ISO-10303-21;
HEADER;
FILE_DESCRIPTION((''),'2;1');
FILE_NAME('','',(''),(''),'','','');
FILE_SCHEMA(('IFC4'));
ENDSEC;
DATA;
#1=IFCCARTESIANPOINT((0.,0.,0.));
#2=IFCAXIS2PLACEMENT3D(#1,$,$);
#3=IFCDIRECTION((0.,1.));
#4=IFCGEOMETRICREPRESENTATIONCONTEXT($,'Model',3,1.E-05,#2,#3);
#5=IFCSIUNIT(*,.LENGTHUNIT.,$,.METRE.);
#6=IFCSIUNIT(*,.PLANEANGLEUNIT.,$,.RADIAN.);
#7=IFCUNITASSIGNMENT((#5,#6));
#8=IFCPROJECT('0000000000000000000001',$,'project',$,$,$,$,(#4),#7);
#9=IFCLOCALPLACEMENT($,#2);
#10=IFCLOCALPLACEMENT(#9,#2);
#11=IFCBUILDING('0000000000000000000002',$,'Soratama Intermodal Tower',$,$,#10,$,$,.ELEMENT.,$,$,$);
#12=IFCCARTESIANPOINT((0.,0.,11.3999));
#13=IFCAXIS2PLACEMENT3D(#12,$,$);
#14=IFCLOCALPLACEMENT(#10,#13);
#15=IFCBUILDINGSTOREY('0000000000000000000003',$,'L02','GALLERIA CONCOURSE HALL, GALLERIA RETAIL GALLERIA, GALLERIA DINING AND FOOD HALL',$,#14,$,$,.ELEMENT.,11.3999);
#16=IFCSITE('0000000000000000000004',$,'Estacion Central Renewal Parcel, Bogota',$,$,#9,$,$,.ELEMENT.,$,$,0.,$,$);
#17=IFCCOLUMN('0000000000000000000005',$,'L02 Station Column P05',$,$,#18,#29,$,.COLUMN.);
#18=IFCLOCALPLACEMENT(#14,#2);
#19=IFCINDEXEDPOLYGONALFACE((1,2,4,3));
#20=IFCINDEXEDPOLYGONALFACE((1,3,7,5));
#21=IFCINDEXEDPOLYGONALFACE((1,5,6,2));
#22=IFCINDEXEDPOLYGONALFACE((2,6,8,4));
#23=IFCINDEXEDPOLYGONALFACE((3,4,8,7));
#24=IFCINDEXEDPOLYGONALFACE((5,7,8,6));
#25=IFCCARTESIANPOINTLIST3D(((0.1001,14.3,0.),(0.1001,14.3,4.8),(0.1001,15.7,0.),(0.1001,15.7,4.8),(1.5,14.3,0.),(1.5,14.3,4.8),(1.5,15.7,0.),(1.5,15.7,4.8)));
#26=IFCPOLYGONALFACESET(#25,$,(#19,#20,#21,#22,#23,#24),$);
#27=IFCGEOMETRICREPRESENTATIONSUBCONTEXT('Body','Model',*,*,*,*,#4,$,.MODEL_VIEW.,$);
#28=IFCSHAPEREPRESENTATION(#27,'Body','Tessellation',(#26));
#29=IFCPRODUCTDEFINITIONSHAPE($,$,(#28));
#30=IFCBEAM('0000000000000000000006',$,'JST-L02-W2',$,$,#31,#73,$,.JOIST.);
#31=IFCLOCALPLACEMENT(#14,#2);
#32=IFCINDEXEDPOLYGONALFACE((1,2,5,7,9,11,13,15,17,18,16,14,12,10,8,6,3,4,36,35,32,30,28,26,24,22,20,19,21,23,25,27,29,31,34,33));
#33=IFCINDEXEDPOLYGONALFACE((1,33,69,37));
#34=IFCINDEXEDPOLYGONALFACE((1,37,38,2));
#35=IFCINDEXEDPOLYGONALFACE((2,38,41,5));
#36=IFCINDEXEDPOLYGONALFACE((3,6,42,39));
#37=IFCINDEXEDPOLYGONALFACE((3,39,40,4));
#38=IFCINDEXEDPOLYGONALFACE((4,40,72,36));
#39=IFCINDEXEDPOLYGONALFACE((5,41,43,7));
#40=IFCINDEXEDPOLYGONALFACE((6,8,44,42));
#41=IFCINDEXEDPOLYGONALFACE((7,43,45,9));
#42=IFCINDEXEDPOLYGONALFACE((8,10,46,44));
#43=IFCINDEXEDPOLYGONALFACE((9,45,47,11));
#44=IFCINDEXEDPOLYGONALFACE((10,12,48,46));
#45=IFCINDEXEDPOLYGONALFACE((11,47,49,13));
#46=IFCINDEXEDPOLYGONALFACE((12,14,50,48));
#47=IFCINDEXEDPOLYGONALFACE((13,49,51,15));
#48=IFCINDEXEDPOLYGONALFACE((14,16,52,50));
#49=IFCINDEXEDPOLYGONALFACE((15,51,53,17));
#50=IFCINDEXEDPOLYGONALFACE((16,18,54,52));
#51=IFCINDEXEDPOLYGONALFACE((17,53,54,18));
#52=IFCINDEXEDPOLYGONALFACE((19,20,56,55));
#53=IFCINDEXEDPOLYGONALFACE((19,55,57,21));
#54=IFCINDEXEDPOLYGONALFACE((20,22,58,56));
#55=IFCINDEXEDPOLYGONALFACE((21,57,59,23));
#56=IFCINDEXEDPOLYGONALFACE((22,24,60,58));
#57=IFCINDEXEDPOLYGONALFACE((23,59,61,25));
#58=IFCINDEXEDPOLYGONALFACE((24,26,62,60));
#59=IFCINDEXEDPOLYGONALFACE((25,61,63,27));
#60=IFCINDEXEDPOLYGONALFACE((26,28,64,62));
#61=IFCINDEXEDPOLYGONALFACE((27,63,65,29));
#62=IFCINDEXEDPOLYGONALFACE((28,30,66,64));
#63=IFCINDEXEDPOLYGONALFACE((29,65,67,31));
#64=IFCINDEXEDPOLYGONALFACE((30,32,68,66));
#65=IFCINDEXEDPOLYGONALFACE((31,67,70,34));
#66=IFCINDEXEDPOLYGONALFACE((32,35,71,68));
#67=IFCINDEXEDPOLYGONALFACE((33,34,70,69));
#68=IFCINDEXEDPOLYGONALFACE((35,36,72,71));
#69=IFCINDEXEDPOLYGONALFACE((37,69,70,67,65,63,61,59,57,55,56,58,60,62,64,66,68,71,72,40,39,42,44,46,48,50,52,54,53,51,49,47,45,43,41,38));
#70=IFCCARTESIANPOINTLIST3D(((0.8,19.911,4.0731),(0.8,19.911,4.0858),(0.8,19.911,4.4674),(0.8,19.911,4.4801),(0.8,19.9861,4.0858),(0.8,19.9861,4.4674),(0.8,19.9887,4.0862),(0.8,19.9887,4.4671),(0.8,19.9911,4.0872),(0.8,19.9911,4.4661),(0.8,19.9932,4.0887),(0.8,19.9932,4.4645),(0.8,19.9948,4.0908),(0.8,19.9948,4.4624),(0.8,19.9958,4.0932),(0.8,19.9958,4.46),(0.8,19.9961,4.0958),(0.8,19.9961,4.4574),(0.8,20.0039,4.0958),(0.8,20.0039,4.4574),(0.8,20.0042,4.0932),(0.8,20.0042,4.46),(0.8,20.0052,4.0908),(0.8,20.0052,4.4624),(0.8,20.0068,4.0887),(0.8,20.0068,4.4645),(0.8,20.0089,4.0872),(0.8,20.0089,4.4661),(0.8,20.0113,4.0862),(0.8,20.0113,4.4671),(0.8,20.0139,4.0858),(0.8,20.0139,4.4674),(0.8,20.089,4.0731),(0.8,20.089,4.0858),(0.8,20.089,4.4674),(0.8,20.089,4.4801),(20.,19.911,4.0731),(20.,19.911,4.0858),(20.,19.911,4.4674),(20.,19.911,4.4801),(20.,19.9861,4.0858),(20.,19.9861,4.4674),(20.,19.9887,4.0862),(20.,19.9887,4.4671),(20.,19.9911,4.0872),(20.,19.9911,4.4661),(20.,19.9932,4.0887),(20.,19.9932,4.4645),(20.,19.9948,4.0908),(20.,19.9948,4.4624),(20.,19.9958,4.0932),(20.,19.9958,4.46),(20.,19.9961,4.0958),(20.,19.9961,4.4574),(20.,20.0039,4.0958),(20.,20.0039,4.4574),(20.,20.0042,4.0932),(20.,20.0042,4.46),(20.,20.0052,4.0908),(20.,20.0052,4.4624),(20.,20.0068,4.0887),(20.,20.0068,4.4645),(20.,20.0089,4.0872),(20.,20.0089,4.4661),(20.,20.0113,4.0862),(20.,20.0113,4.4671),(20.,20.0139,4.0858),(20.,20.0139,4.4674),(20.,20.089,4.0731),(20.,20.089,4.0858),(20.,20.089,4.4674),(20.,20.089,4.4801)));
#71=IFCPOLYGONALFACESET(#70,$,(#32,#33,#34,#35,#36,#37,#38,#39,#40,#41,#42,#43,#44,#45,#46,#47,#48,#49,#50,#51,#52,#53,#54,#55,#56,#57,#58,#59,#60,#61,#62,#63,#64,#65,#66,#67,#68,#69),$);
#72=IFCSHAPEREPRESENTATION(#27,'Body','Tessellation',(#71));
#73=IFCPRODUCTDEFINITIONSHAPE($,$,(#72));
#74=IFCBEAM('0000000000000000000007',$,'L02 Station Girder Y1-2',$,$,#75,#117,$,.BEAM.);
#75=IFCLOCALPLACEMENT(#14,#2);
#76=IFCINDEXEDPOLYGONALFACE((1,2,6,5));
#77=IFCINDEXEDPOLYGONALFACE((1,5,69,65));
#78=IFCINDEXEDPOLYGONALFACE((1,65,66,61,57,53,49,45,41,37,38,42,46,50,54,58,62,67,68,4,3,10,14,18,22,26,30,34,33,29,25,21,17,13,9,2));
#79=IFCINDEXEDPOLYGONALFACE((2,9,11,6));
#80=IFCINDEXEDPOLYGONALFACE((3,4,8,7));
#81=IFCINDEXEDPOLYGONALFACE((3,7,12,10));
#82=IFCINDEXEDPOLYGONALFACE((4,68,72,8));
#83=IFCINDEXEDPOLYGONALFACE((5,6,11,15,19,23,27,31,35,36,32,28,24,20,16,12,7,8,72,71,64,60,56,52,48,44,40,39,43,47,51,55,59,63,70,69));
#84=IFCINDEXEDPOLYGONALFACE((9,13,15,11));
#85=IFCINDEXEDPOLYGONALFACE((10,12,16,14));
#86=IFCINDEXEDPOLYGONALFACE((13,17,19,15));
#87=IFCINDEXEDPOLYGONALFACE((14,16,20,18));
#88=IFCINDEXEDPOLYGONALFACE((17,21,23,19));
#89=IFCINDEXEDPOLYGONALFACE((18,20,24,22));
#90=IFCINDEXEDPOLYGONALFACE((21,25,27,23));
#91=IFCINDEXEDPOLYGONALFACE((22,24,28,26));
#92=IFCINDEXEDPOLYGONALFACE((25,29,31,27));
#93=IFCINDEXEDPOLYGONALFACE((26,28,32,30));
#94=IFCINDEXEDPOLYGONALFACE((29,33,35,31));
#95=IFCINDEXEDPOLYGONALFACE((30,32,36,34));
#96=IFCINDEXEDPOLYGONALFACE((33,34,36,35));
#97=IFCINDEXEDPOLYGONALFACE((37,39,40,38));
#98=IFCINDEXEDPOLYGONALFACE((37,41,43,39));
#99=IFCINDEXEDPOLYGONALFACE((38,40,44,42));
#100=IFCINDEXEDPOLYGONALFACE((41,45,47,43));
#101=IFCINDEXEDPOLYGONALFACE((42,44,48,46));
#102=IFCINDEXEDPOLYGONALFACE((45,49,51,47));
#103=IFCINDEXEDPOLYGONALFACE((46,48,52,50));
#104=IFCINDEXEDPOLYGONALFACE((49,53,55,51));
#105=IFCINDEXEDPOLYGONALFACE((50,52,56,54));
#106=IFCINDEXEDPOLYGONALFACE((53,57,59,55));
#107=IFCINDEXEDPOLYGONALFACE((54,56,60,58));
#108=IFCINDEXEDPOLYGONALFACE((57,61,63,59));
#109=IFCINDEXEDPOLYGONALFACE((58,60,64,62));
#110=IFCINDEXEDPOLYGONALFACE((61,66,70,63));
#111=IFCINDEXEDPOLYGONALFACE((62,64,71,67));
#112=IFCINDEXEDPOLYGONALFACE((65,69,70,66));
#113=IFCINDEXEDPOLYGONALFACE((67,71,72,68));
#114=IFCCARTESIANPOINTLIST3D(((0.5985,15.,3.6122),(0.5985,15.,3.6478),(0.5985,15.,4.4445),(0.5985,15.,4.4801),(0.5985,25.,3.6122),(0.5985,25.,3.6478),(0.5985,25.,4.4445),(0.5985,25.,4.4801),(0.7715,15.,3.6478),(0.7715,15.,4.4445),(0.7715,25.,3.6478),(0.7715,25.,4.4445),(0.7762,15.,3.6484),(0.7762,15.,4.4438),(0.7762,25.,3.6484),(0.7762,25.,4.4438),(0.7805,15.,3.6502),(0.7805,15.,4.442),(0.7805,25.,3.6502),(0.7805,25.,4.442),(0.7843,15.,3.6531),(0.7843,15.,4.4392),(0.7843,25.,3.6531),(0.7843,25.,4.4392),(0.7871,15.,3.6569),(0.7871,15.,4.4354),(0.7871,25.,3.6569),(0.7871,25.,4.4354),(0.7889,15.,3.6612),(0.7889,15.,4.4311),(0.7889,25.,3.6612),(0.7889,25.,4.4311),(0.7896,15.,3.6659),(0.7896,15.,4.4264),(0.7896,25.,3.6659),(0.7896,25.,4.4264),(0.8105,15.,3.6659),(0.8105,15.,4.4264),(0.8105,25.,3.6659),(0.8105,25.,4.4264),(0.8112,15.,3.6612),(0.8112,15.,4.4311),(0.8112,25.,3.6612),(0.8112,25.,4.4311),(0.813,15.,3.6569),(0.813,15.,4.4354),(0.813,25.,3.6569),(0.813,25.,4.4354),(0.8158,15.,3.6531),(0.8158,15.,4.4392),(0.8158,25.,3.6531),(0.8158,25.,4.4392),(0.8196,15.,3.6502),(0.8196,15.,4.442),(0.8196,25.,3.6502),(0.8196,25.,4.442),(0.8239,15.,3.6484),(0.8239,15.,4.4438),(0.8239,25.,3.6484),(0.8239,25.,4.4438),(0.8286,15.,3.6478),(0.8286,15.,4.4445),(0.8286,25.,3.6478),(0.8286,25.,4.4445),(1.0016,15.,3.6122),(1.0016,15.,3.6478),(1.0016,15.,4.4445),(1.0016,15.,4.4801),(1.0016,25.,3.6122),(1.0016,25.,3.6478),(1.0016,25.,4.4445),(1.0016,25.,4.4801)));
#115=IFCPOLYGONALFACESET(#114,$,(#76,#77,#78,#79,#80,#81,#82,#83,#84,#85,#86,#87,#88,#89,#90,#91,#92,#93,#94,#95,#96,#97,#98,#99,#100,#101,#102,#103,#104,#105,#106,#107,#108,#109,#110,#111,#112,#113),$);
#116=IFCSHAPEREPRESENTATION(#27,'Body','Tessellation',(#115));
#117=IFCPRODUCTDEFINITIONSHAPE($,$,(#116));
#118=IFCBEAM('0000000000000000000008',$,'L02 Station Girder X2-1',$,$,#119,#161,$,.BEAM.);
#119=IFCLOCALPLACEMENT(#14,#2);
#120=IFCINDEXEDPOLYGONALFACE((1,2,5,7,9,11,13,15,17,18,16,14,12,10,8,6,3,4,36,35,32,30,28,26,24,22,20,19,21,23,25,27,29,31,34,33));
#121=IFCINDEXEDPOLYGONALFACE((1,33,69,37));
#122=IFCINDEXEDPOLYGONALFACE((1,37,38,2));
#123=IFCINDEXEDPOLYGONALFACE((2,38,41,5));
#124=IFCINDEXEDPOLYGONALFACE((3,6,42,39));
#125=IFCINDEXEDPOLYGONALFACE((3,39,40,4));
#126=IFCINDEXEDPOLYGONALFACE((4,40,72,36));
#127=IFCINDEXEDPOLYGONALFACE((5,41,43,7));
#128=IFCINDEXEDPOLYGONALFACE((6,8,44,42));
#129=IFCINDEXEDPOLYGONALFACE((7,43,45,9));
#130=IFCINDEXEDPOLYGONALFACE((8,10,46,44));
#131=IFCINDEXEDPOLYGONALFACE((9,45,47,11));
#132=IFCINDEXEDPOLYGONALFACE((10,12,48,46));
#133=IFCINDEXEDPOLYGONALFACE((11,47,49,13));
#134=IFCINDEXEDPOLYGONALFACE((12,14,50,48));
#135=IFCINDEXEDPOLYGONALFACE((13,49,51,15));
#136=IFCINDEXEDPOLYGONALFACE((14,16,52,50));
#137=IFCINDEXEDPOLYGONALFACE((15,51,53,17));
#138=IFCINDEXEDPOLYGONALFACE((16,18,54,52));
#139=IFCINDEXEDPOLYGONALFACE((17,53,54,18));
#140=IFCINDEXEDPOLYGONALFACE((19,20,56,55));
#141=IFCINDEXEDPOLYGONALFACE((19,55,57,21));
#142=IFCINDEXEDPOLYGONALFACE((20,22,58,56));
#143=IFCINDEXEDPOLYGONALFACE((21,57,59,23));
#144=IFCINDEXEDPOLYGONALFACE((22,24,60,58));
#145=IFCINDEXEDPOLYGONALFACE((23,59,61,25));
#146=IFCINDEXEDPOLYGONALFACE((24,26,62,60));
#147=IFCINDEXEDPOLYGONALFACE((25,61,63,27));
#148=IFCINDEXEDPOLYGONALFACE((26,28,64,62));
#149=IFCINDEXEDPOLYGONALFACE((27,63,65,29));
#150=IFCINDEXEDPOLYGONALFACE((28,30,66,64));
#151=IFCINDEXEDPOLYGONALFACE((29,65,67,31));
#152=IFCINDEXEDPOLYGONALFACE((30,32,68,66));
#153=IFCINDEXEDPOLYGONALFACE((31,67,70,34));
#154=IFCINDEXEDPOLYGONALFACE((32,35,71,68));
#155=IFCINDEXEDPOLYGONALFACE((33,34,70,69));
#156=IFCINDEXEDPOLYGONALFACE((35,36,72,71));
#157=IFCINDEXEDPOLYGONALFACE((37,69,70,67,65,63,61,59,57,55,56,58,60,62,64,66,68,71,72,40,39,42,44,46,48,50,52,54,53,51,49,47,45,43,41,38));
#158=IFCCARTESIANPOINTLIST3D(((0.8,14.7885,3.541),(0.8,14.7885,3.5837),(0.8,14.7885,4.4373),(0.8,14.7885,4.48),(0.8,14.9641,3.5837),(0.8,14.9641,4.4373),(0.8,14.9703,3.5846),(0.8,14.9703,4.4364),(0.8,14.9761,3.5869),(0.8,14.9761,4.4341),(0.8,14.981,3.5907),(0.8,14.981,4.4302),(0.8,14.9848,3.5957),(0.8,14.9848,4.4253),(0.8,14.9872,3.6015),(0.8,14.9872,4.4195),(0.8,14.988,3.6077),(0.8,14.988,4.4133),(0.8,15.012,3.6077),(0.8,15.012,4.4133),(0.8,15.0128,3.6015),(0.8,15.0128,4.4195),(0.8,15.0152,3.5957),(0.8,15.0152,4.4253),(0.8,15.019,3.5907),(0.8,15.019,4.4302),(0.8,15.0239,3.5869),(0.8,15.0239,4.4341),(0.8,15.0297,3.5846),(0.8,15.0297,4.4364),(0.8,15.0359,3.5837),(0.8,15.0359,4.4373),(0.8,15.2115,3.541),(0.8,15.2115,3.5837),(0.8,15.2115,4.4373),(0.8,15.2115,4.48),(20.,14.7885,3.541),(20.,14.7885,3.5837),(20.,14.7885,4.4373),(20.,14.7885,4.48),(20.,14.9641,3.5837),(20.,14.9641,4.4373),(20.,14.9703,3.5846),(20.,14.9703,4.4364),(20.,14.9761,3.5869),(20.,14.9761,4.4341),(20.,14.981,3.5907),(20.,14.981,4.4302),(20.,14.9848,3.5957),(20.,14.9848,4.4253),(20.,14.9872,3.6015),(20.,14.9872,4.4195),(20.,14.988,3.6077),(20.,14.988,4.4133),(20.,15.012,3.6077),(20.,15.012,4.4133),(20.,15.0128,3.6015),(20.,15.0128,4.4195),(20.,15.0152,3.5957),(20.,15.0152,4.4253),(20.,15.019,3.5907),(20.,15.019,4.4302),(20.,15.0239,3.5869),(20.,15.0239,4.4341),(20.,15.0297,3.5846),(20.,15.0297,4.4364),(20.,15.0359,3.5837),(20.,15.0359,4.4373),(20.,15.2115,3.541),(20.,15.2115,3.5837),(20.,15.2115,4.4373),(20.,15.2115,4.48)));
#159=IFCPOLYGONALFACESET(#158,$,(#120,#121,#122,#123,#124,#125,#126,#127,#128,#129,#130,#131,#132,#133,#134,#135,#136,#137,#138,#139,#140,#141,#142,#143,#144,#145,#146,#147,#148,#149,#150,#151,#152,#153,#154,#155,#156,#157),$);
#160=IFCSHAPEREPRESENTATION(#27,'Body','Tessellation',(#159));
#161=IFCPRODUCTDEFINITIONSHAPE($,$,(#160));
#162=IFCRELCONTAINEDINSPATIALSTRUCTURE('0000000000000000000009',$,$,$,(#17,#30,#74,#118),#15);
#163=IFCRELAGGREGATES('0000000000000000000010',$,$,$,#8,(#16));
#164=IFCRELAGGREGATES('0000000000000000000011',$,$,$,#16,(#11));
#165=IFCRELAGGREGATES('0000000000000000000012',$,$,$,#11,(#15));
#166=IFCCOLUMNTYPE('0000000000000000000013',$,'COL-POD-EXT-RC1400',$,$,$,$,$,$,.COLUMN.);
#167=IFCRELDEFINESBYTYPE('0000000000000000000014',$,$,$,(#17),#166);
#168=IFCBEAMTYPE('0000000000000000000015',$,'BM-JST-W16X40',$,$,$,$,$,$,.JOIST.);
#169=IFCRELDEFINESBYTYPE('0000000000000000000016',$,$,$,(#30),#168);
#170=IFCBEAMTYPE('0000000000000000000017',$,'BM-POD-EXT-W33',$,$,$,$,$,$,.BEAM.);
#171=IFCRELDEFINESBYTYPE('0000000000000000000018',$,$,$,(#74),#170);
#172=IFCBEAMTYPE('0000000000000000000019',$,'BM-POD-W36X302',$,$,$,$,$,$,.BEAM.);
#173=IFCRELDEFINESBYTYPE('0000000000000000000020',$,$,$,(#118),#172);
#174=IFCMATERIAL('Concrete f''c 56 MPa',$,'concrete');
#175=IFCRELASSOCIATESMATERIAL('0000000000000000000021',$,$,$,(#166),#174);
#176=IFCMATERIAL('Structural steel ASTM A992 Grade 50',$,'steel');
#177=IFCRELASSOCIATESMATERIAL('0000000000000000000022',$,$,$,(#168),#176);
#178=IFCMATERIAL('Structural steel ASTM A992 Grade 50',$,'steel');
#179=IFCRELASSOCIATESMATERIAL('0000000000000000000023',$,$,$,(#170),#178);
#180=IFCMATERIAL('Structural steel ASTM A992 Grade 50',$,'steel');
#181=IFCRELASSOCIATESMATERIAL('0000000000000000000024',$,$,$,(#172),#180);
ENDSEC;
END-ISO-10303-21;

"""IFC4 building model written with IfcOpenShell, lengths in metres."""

from ifc_helpers import new_model, si_unit, direction, frame, origin, origin_2d, place, context, subcontext, project, spatial, rectangle, i_section, extrude, material, material_profile, profile_set, type_object, element, save


model = new_model("IFC4")

# Units and contexts
model_context = context("Model", 3, precision=1e-05, world=origin(), true_north=direction((0.0, 1.0)))
body_context = subcontext(model_context, "Body", "Model", "MODEL_VIEW")
ifc_project = project(units=[si_unit("LENGTHUNIT", "METRE"), si_unit("PLANEANGLEUNIT", "RADIAN")], contexts=[model_context])

# Site, building, storey
site_placement = place(None, origin())
site = spatial("IfcSite", under=ifc_project, at=site_placement, Name="Estacion Central Renewal Parcel, Bogota", CompositionType="ELEMENT", RefElevation=0.0)
building_placement = place(site_placement, origin())
building = spatial("IfcBuilding", under=site, at=building_placement, Name="Soratama Intermodal Tower", CompositionType="ELEMENT")
storey_placement = place(building_placement, frame((0.0, 0.0, 11.3999)))
storey = spatial("IfcBuildingStorey", under=building, at=storey_placement, Name="L02", Description="GALLERIA CONCOURSE HALL, GALLERIA RETAIL GALLERIA, GALLERIA DINING AND FOOD HALL", CompositionType="ELEMENT", Elevation=11.3999)

# Column
ifc_material_1 = material(Name="Concrete f'c 56 MPa", Category="concrete")
ifc_material_profile_1 = material_profile(ifc_material_1, rectangle(XDim=1.3999, YDim=1.3999, at=origin_2d()), Name="RC1400X1400")
ifc_profile_set_1 = profile_set([ifc_material_profile_1], Name="Concrete f'c 56 MPa")
column_type = type_object("IfcColumnType", Name="COL-POD-EXT-RC1400", PredefinedType="COLUMN", material=ifc_profile_set_1)
column_placement = place(storey_placement, frame((0.8, 15.0, 0.0), z_axis=(0.0, 0.0, 1.0), x_axis=(1.0, 0.0, 0.0)))
element("IfcColumn", 1, at=column_placement, inside=storey, type_object=column_type, Name="L02 Station Column P05", PredefinedType="COLUMN", context=body_context, shape_type="SweptSolid", body=[
    extrude(rectangle(XDim=1.3999, YDim=1.3999, at=origin_2d()), origin(), (0.0, 0.0, 1.0), 4.8),
])

# Beams
ifc_material_2 = material(Name="Structural steel ASTM A992 Grade 50", Category="steel")
ifc_material_profile_2 = material_profile(ifc_material_2, i_section(OverallWidth=0.178, OverallDepth=0.407, WebThickness=0.0078, FlangeThickness=0.0127, FilletRadius=0.01, at=origin_2d()), Name="W16X40")
ifc_profile_set_2 = profile_set([ifc_material_profile_2], Name="Structural steel ASTM A992 Grade 50")
beam_type_1 = type_object("IfcBeamType", Name="BM-JST-W16X40", PredefinedType="JOIST", material=ifc_profile_set_2)
beam_1_placement = place(storey_placement, frame((0.8, 20.0, 4.2766), z_axis=(1.0, 0.0, 0.0), x_axis=(0.0, 1.0, 0.0)))
element("IfcBeam", 2, at=beam_1_placement, inside=storey, type_object=beam_type_1, Name="JST-L02-W2", PredefinedType="JOIST", context=body_context, shape_type="SweptSolid", body=[
    extrude(i_section(OverallWidth=0.178, OverallDepth=0.407, WebThickness=0.0078, FlangeThickness=0.0127, FilletRadius=0.01, at=origin_2d()), origin(), (0.0, 0.0, 1.0), 19.2),
])
ifc_material_3 = material(Name="Structural steel ASTM A992 Grade 50", Category="steel")
ifc_material_profile_3 = material_profile(ifc_material_3, i_section(OverallWidth=0.4031, OverallDepth=0.8679, WebThickness=0.021, FlangeThickness=0.0356, FilletRadius=0.0181, at=origin_2d()), Name="W33X241")
ifc_profile_set_3 = profile_set([ifc_material_profile_3], Name="Structural steel ASTM A992 Grade 50")
beam_type_2 = type_object("IfcBeamType", Name="BM-POD-EXT-W33", PredefinedType="BEAM", material=ifc_profile_set_3)
beam_2_placement = place(storey_placement, frame((0.8, 15.0, 4.0461), z_axis=(0.0, 1.0, 0.0), x_axis=(-1.0, 0.0, 0.0)))
element("IfcBeam", 3, at=beam_2_placement, inside=storey, type_object=beam_type_2, Name="L02 Station Girder Y1-2", PredefinedType="BEAM", context=body_context, shape_type="SweptSolid", body=[
    extrude(i_section(OverallWidth=0.4031, OverallDepth=0.8679, WebThickness=0.021, FlangeThickness=0.0356, FilletRadius=0.0181, at=origin_2d()), origin(), (0.0, 0.0, 1.0), 10.0),
])
ifc_material_4 = material(Name="Structural steel ASTM A992 Grade 50", Category="steel")
ifc_material_profile_4 = material_profile(ifc_material_4, i_section(OverallWidth=0.4231, OverallDepth=0.939, WebThickness=0.0239, FlangeThickness=0.0427, FilletRadius=0.0239, at=origin_2d()), Name="W36X302")
ifc_profile_set_4 = profile_set([ifc_material_profile_4], Name="Structural steel ASTM A992 Grade 50")
beam_type_3 = type_object("IfcBeamType", Name="BM-POD-W36X302", PredefinedType="BEAM", material=ifc_profile_set_4)
beam_3_placement = place(storey_placement, frame((0.8, 15.0, 4.0105), z_axis=(1.0, 0.0, 0.0), x_axis=(0.0, 1.0, 0.0)))
element("IfcBeam", 4, at=beam_3_placement, inside=storey, type_object=beam_type_3, Name="L02 Station Girder X2-1", PredefinedType="BEAM", context=body_context, shape_type="SweptSolid", body=[
    extrude(i_section(OverallWidth=0.4231, OverallDepth=0.939, WebThickness=0.0239, FlangeThickness=0.0427, FilletRadius=0.0239, at=origin_2d()), origin(), (0.0, 0.0, 1.0), 19.2),
])

save(model, "model.ifc")
